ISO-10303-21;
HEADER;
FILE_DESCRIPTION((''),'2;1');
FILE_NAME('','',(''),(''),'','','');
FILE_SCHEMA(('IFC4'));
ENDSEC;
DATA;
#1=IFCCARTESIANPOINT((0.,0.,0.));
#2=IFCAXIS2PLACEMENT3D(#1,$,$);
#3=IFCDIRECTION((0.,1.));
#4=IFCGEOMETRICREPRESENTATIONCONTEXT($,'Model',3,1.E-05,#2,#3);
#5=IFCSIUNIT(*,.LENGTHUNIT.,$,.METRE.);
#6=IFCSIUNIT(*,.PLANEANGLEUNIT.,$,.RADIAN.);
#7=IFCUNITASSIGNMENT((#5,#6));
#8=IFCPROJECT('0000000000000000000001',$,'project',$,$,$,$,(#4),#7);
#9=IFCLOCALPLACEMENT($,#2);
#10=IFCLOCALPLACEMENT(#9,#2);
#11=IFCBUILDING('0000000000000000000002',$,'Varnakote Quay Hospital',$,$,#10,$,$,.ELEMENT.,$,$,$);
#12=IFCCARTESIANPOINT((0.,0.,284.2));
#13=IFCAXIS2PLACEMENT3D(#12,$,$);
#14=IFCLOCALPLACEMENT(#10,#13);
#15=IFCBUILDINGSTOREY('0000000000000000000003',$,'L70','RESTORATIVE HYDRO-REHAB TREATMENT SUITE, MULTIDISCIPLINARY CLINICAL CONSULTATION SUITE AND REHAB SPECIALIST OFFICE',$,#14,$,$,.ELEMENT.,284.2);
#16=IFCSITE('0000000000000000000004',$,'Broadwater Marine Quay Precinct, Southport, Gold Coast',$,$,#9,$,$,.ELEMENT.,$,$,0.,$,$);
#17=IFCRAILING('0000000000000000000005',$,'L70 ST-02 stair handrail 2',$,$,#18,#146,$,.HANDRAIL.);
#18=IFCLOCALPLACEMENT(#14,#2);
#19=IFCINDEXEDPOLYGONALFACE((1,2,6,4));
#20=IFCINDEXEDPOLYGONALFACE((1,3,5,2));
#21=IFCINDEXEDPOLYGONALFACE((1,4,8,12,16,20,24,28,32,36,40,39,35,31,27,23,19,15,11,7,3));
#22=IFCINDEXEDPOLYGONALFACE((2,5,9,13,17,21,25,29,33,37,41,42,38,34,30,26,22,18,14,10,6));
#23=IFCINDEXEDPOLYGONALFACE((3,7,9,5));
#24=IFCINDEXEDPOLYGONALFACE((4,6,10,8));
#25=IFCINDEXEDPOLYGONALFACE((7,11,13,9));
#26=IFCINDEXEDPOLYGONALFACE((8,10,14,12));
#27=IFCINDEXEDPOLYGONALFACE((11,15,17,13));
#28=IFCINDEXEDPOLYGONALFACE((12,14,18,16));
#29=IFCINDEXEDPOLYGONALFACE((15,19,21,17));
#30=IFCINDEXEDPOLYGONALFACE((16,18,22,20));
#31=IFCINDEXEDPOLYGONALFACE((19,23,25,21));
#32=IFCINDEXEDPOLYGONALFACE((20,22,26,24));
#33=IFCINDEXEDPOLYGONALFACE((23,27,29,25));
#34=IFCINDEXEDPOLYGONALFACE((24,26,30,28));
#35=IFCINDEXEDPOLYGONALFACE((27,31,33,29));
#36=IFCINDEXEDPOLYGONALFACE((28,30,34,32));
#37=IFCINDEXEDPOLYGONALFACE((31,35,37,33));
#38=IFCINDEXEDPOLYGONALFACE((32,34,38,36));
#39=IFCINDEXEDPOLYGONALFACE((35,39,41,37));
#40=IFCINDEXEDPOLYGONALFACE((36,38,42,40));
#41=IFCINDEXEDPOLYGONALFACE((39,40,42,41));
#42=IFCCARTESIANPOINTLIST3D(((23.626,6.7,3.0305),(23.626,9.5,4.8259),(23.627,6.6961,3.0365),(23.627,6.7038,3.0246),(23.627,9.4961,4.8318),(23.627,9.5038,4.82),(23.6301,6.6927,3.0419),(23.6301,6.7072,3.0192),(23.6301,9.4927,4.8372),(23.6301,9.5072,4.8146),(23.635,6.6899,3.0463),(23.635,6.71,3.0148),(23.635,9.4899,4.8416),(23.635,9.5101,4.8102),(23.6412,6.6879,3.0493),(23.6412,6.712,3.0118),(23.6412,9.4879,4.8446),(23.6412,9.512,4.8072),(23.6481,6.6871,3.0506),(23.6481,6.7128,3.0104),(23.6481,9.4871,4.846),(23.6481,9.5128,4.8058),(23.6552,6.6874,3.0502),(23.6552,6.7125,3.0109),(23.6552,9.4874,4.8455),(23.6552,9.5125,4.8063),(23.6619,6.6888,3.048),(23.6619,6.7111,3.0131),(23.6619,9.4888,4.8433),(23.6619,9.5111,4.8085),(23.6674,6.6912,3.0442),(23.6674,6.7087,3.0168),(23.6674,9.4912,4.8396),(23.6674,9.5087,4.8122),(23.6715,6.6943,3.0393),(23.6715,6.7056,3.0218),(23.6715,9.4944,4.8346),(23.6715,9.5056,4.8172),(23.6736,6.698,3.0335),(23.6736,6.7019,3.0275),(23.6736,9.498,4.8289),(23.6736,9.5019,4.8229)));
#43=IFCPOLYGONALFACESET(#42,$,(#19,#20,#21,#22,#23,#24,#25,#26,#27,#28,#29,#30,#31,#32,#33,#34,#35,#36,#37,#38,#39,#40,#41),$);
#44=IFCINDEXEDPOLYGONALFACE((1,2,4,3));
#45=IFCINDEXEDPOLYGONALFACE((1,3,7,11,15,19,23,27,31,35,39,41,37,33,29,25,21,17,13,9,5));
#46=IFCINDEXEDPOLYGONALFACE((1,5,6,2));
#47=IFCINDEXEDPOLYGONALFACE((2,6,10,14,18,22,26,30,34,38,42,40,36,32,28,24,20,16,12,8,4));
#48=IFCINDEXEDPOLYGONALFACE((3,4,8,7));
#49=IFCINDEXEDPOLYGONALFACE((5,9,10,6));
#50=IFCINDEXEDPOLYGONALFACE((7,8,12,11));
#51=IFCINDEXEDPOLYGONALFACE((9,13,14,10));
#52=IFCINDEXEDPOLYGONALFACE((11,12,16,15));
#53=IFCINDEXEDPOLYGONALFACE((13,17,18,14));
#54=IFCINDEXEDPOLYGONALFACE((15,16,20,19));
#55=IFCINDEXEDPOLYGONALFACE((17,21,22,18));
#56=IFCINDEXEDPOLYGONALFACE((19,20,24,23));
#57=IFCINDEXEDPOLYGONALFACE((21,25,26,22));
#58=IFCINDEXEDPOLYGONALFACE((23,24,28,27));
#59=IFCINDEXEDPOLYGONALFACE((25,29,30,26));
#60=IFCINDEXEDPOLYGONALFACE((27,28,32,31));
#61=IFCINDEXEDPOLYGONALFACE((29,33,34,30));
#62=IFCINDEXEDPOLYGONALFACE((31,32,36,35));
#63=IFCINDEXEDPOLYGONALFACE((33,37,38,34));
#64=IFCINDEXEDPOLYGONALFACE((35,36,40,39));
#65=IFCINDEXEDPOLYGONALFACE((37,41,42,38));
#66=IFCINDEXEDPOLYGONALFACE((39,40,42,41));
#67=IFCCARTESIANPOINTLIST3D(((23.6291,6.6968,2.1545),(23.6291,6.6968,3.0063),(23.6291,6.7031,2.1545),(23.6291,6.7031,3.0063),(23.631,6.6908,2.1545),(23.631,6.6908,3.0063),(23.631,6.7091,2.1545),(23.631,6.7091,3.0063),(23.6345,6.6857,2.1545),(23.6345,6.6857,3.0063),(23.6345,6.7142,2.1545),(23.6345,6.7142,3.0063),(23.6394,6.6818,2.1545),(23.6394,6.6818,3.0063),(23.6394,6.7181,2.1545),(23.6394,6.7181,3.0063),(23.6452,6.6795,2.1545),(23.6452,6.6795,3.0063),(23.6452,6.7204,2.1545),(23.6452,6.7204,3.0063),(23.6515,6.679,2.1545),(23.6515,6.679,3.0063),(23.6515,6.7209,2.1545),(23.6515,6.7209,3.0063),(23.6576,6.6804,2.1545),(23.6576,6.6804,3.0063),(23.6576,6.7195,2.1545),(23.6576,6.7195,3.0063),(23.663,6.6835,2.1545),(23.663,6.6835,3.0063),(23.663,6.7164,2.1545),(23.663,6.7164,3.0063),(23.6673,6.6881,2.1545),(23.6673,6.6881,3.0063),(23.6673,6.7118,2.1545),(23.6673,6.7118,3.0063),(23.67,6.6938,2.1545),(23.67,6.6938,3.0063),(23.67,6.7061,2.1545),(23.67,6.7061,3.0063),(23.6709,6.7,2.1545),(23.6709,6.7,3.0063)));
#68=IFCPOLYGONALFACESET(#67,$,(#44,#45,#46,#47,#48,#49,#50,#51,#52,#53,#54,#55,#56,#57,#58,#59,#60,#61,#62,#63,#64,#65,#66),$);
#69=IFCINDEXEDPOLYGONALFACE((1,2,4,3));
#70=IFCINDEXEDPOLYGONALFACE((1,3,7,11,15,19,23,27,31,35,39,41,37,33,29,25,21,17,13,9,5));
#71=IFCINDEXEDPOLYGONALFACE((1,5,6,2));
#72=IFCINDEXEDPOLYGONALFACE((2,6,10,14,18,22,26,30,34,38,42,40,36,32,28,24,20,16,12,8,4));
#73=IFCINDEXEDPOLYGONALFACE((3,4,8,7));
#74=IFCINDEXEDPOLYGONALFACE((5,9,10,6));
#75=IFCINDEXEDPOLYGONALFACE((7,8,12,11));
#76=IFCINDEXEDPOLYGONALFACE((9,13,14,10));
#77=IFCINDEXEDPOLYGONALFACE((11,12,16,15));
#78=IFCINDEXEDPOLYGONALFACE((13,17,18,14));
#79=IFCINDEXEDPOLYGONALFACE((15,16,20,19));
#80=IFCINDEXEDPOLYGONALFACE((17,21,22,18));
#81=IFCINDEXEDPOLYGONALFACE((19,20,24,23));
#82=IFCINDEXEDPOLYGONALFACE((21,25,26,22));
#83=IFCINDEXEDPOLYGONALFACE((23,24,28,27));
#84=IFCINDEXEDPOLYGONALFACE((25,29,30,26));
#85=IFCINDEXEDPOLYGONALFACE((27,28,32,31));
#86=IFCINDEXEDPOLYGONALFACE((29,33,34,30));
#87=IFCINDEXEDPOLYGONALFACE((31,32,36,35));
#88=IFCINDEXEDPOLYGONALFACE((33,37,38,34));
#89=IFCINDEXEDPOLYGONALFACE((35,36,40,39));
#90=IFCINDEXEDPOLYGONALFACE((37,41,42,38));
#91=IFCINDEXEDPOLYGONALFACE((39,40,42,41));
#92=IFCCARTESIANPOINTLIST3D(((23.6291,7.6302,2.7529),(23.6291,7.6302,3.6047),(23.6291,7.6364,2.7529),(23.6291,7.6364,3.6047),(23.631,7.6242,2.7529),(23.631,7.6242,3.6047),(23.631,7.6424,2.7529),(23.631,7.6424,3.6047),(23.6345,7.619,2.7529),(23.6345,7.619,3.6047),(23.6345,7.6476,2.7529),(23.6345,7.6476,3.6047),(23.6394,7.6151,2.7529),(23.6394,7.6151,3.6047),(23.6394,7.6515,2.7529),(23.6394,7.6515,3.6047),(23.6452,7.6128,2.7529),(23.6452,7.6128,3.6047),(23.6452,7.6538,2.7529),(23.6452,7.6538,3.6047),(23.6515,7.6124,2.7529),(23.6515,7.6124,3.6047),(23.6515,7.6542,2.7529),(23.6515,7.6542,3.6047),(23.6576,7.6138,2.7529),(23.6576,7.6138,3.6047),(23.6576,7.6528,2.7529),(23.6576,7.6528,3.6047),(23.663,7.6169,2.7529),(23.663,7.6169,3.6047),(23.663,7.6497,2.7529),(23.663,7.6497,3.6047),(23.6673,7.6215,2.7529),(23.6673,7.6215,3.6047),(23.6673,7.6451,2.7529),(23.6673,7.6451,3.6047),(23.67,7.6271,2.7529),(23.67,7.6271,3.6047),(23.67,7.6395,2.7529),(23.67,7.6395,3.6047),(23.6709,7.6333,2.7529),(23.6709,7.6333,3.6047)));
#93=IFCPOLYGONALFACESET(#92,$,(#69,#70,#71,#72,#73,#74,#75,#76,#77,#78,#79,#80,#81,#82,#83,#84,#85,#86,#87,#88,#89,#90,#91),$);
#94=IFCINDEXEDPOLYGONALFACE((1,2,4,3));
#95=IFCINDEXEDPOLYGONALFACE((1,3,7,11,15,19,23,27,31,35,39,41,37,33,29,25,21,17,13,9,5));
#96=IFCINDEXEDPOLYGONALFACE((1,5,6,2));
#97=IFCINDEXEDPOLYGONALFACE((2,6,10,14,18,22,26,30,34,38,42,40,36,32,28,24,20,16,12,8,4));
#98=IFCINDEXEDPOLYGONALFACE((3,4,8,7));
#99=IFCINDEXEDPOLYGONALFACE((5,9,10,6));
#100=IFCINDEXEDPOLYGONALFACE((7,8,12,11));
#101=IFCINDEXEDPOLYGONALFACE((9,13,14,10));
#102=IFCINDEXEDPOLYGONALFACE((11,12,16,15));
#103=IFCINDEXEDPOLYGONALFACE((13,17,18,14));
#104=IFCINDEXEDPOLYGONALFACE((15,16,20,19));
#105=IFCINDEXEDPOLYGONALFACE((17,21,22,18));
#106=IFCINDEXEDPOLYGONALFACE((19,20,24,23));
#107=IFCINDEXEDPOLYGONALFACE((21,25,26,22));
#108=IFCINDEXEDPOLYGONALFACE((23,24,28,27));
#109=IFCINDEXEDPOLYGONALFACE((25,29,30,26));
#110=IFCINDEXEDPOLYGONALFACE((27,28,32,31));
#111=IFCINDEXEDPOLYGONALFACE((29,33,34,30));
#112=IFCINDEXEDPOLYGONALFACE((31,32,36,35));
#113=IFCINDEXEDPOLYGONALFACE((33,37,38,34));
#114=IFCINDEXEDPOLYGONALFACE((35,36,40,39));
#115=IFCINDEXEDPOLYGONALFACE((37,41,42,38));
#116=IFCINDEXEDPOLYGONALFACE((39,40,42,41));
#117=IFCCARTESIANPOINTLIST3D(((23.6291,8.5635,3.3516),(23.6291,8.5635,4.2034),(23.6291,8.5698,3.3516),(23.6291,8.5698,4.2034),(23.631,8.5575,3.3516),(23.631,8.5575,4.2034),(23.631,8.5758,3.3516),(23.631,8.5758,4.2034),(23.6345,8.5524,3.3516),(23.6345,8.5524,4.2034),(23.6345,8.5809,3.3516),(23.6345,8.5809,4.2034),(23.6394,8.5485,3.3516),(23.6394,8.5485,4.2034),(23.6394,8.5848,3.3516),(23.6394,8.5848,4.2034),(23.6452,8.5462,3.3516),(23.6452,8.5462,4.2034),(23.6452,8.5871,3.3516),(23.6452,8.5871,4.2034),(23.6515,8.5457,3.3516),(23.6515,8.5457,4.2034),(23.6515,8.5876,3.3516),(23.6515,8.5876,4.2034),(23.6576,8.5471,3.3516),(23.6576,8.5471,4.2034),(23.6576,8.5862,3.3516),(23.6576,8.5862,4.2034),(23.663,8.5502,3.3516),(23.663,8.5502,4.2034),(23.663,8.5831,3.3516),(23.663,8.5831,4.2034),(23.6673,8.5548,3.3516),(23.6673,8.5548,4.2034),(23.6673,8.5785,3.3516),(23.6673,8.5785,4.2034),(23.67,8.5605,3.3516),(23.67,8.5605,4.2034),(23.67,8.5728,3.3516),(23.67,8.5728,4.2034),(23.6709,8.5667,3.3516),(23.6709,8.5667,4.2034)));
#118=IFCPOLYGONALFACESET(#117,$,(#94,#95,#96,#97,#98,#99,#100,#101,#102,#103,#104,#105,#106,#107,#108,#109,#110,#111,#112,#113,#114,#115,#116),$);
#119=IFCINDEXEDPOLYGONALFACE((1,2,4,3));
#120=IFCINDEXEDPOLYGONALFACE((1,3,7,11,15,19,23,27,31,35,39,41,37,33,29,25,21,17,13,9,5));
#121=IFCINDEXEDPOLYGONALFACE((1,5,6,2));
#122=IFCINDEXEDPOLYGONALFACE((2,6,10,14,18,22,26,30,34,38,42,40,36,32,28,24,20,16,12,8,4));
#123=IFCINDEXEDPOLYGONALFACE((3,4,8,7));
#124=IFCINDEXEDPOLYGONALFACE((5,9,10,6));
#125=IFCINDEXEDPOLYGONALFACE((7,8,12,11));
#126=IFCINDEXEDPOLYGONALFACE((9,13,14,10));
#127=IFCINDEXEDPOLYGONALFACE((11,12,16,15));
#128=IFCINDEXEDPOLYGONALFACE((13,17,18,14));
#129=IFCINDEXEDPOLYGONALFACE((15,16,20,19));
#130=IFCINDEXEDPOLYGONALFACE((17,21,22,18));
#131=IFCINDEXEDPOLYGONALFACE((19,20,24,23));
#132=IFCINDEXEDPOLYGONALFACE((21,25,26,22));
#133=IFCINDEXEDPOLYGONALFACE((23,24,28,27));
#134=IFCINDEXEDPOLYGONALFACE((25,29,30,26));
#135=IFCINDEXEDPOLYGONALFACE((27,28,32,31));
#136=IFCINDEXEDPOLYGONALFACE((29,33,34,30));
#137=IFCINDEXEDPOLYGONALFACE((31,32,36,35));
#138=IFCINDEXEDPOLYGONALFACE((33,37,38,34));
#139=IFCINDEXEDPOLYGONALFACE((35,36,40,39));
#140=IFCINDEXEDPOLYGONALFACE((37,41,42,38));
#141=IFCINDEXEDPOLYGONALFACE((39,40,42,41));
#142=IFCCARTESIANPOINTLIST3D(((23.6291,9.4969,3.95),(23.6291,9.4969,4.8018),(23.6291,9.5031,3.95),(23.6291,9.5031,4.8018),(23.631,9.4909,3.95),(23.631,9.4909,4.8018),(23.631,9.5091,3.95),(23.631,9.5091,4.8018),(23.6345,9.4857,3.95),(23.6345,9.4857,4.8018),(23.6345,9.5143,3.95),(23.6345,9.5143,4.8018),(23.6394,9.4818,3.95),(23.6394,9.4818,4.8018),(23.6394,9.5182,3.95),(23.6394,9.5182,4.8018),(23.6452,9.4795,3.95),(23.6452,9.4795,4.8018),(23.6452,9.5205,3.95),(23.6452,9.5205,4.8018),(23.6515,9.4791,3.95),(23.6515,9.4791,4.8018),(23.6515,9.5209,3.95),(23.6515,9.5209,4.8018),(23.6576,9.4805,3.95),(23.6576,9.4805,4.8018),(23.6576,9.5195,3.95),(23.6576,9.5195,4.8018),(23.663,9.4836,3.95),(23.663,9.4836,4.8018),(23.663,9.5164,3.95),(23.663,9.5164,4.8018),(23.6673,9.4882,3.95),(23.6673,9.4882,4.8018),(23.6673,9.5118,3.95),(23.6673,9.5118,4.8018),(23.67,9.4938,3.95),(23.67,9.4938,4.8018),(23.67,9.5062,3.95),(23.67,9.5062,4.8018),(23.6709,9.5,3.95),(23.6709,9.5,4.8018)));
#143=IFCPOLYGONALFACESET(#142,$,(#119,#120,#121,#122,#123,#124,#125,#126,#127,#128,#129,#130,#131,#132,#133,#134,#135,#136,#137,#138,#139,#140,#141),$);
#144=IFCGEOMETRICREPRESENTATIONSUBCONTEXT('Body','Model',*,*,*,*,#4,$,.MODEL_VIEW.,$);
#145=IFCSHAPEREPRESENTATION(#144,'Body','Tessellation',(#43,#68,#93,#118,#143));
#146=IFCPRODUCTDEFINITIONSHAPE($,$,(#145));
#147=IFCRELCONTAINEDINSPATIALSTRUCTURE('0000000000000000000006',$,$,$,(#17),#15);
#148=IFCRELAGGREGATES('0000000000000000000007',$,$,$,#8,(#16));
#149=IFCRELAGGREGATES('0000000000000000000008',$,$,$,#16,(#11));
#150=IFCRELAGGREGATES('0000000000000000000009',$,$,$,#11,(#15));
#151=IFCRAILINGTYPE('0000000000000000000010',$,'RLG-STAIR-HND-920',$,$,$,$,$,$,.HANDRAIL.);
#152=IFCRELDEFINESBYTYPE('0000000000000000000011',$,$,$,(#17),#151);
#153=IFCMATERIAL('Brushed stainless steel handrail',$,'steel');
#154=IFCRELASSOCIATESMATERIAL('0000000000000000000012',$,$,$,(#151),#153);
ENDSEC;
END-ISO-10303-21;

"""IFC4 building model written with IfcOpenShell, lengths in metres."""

from ifc_helpers import new_model, si_unit, direction, frame, origin, origin_2d, place, context, subcontext, project, spatial, circle, extrude, material, type_object, element, save


model = new_model("IFC4")

# Units and contexts
model_context = context("Model", 3, precision=1e-05, world=origin(), true_north=direction((0.0, 1.0)))
body_context = subcontext(model_context, "Body", "Model", "MODEL_VIEW")
ifc_project = project(units=[si_unit("LENGTHUNIT", "METRE"), si_unit("PLANEANGLEUNIT", "RADIAN")], contexts=[model_context])

# Site, building, storey
site_placement = place(None, origin())
site = spatial("IfcSite", under=ifc_project, at=site_placement, Name="Broadwater Marine Quay Precinct, Southport, Gold Coast", CompositionType="ELEMENT", RefElevation=0.0)
building_placement = place(site_placement, origin())
building = spatial("IfcBuilding", under=site, at=building_placement, Name="Varnakote Quay Hospital", CompositionType="ELEMENT")
storey_placement = place(building_placement, frame((0.0, 0.0, 284.2)))
storey = spatial("IfcBuildingStorey", under=building, at=storey_placement, Name="L70", Description="RESTORATIVE HYDRO-REHAB TREATMENT SUITE, MULTIDISCIPLINARY CLINICAL CONSULTATION SUITE AND REHAB SPECIALIST OFFICE", CompositionType="ELEMENT", Elevation=284.2)

# Railing
ifc_material_1 = material(Name="Brushed stainless steel handrail", Category="steel")
railing_type_1 = type_object("IfcRailingType", Name="RLG-STAIR-HND-920", PredefinedType="HANDRAIL", material=ifc_material_1)
railing_1_placement = place(storey_placement, frame((23.6499, 6.7, 2.1545)))
element("IfcRailing", 1, at=railing_1_placement, inside=storey, type_object=railing_type_1, Name="L70 ST-02 stair handrail 2", PredefinedType="HANDRAIL", context=body_context, shape_type="SweptSolid", body=[
    extrude(circle(Radius=0.0239, at=origin_2d()), frame((0.0, 0.0, 0.876), z_axis=(0.0, 0.84181, 0.539774), x_axis=(-1.0, 0.0, 0.0)), (0.0, 0.0, 1.0), 3.3262),
    extrude(circle(Radius=0.021, at=origin_2d()), origin(), (0.0, 0.0, 1.0), 0.8518),
    extrude(circle(Radius=0.021, at=origin_2d()), frame((0.0, 0.9333, 0.5984)), (0.0, 0.0, 1.0), 0.8518),
    extrude(circle(Radius=0.021, at=origin_2d()), frame((0.0, 1.8667, 1.197)), (0.0, 0.0, 1.0), 0.8518),
    extrude(circle(Radius=0.021, at=origin_2d()), frame((0.0, 2.8, 1.7954)), (0.0, 0.0, 1.0), 0.8518),
])

save(model, "model.ifc")
